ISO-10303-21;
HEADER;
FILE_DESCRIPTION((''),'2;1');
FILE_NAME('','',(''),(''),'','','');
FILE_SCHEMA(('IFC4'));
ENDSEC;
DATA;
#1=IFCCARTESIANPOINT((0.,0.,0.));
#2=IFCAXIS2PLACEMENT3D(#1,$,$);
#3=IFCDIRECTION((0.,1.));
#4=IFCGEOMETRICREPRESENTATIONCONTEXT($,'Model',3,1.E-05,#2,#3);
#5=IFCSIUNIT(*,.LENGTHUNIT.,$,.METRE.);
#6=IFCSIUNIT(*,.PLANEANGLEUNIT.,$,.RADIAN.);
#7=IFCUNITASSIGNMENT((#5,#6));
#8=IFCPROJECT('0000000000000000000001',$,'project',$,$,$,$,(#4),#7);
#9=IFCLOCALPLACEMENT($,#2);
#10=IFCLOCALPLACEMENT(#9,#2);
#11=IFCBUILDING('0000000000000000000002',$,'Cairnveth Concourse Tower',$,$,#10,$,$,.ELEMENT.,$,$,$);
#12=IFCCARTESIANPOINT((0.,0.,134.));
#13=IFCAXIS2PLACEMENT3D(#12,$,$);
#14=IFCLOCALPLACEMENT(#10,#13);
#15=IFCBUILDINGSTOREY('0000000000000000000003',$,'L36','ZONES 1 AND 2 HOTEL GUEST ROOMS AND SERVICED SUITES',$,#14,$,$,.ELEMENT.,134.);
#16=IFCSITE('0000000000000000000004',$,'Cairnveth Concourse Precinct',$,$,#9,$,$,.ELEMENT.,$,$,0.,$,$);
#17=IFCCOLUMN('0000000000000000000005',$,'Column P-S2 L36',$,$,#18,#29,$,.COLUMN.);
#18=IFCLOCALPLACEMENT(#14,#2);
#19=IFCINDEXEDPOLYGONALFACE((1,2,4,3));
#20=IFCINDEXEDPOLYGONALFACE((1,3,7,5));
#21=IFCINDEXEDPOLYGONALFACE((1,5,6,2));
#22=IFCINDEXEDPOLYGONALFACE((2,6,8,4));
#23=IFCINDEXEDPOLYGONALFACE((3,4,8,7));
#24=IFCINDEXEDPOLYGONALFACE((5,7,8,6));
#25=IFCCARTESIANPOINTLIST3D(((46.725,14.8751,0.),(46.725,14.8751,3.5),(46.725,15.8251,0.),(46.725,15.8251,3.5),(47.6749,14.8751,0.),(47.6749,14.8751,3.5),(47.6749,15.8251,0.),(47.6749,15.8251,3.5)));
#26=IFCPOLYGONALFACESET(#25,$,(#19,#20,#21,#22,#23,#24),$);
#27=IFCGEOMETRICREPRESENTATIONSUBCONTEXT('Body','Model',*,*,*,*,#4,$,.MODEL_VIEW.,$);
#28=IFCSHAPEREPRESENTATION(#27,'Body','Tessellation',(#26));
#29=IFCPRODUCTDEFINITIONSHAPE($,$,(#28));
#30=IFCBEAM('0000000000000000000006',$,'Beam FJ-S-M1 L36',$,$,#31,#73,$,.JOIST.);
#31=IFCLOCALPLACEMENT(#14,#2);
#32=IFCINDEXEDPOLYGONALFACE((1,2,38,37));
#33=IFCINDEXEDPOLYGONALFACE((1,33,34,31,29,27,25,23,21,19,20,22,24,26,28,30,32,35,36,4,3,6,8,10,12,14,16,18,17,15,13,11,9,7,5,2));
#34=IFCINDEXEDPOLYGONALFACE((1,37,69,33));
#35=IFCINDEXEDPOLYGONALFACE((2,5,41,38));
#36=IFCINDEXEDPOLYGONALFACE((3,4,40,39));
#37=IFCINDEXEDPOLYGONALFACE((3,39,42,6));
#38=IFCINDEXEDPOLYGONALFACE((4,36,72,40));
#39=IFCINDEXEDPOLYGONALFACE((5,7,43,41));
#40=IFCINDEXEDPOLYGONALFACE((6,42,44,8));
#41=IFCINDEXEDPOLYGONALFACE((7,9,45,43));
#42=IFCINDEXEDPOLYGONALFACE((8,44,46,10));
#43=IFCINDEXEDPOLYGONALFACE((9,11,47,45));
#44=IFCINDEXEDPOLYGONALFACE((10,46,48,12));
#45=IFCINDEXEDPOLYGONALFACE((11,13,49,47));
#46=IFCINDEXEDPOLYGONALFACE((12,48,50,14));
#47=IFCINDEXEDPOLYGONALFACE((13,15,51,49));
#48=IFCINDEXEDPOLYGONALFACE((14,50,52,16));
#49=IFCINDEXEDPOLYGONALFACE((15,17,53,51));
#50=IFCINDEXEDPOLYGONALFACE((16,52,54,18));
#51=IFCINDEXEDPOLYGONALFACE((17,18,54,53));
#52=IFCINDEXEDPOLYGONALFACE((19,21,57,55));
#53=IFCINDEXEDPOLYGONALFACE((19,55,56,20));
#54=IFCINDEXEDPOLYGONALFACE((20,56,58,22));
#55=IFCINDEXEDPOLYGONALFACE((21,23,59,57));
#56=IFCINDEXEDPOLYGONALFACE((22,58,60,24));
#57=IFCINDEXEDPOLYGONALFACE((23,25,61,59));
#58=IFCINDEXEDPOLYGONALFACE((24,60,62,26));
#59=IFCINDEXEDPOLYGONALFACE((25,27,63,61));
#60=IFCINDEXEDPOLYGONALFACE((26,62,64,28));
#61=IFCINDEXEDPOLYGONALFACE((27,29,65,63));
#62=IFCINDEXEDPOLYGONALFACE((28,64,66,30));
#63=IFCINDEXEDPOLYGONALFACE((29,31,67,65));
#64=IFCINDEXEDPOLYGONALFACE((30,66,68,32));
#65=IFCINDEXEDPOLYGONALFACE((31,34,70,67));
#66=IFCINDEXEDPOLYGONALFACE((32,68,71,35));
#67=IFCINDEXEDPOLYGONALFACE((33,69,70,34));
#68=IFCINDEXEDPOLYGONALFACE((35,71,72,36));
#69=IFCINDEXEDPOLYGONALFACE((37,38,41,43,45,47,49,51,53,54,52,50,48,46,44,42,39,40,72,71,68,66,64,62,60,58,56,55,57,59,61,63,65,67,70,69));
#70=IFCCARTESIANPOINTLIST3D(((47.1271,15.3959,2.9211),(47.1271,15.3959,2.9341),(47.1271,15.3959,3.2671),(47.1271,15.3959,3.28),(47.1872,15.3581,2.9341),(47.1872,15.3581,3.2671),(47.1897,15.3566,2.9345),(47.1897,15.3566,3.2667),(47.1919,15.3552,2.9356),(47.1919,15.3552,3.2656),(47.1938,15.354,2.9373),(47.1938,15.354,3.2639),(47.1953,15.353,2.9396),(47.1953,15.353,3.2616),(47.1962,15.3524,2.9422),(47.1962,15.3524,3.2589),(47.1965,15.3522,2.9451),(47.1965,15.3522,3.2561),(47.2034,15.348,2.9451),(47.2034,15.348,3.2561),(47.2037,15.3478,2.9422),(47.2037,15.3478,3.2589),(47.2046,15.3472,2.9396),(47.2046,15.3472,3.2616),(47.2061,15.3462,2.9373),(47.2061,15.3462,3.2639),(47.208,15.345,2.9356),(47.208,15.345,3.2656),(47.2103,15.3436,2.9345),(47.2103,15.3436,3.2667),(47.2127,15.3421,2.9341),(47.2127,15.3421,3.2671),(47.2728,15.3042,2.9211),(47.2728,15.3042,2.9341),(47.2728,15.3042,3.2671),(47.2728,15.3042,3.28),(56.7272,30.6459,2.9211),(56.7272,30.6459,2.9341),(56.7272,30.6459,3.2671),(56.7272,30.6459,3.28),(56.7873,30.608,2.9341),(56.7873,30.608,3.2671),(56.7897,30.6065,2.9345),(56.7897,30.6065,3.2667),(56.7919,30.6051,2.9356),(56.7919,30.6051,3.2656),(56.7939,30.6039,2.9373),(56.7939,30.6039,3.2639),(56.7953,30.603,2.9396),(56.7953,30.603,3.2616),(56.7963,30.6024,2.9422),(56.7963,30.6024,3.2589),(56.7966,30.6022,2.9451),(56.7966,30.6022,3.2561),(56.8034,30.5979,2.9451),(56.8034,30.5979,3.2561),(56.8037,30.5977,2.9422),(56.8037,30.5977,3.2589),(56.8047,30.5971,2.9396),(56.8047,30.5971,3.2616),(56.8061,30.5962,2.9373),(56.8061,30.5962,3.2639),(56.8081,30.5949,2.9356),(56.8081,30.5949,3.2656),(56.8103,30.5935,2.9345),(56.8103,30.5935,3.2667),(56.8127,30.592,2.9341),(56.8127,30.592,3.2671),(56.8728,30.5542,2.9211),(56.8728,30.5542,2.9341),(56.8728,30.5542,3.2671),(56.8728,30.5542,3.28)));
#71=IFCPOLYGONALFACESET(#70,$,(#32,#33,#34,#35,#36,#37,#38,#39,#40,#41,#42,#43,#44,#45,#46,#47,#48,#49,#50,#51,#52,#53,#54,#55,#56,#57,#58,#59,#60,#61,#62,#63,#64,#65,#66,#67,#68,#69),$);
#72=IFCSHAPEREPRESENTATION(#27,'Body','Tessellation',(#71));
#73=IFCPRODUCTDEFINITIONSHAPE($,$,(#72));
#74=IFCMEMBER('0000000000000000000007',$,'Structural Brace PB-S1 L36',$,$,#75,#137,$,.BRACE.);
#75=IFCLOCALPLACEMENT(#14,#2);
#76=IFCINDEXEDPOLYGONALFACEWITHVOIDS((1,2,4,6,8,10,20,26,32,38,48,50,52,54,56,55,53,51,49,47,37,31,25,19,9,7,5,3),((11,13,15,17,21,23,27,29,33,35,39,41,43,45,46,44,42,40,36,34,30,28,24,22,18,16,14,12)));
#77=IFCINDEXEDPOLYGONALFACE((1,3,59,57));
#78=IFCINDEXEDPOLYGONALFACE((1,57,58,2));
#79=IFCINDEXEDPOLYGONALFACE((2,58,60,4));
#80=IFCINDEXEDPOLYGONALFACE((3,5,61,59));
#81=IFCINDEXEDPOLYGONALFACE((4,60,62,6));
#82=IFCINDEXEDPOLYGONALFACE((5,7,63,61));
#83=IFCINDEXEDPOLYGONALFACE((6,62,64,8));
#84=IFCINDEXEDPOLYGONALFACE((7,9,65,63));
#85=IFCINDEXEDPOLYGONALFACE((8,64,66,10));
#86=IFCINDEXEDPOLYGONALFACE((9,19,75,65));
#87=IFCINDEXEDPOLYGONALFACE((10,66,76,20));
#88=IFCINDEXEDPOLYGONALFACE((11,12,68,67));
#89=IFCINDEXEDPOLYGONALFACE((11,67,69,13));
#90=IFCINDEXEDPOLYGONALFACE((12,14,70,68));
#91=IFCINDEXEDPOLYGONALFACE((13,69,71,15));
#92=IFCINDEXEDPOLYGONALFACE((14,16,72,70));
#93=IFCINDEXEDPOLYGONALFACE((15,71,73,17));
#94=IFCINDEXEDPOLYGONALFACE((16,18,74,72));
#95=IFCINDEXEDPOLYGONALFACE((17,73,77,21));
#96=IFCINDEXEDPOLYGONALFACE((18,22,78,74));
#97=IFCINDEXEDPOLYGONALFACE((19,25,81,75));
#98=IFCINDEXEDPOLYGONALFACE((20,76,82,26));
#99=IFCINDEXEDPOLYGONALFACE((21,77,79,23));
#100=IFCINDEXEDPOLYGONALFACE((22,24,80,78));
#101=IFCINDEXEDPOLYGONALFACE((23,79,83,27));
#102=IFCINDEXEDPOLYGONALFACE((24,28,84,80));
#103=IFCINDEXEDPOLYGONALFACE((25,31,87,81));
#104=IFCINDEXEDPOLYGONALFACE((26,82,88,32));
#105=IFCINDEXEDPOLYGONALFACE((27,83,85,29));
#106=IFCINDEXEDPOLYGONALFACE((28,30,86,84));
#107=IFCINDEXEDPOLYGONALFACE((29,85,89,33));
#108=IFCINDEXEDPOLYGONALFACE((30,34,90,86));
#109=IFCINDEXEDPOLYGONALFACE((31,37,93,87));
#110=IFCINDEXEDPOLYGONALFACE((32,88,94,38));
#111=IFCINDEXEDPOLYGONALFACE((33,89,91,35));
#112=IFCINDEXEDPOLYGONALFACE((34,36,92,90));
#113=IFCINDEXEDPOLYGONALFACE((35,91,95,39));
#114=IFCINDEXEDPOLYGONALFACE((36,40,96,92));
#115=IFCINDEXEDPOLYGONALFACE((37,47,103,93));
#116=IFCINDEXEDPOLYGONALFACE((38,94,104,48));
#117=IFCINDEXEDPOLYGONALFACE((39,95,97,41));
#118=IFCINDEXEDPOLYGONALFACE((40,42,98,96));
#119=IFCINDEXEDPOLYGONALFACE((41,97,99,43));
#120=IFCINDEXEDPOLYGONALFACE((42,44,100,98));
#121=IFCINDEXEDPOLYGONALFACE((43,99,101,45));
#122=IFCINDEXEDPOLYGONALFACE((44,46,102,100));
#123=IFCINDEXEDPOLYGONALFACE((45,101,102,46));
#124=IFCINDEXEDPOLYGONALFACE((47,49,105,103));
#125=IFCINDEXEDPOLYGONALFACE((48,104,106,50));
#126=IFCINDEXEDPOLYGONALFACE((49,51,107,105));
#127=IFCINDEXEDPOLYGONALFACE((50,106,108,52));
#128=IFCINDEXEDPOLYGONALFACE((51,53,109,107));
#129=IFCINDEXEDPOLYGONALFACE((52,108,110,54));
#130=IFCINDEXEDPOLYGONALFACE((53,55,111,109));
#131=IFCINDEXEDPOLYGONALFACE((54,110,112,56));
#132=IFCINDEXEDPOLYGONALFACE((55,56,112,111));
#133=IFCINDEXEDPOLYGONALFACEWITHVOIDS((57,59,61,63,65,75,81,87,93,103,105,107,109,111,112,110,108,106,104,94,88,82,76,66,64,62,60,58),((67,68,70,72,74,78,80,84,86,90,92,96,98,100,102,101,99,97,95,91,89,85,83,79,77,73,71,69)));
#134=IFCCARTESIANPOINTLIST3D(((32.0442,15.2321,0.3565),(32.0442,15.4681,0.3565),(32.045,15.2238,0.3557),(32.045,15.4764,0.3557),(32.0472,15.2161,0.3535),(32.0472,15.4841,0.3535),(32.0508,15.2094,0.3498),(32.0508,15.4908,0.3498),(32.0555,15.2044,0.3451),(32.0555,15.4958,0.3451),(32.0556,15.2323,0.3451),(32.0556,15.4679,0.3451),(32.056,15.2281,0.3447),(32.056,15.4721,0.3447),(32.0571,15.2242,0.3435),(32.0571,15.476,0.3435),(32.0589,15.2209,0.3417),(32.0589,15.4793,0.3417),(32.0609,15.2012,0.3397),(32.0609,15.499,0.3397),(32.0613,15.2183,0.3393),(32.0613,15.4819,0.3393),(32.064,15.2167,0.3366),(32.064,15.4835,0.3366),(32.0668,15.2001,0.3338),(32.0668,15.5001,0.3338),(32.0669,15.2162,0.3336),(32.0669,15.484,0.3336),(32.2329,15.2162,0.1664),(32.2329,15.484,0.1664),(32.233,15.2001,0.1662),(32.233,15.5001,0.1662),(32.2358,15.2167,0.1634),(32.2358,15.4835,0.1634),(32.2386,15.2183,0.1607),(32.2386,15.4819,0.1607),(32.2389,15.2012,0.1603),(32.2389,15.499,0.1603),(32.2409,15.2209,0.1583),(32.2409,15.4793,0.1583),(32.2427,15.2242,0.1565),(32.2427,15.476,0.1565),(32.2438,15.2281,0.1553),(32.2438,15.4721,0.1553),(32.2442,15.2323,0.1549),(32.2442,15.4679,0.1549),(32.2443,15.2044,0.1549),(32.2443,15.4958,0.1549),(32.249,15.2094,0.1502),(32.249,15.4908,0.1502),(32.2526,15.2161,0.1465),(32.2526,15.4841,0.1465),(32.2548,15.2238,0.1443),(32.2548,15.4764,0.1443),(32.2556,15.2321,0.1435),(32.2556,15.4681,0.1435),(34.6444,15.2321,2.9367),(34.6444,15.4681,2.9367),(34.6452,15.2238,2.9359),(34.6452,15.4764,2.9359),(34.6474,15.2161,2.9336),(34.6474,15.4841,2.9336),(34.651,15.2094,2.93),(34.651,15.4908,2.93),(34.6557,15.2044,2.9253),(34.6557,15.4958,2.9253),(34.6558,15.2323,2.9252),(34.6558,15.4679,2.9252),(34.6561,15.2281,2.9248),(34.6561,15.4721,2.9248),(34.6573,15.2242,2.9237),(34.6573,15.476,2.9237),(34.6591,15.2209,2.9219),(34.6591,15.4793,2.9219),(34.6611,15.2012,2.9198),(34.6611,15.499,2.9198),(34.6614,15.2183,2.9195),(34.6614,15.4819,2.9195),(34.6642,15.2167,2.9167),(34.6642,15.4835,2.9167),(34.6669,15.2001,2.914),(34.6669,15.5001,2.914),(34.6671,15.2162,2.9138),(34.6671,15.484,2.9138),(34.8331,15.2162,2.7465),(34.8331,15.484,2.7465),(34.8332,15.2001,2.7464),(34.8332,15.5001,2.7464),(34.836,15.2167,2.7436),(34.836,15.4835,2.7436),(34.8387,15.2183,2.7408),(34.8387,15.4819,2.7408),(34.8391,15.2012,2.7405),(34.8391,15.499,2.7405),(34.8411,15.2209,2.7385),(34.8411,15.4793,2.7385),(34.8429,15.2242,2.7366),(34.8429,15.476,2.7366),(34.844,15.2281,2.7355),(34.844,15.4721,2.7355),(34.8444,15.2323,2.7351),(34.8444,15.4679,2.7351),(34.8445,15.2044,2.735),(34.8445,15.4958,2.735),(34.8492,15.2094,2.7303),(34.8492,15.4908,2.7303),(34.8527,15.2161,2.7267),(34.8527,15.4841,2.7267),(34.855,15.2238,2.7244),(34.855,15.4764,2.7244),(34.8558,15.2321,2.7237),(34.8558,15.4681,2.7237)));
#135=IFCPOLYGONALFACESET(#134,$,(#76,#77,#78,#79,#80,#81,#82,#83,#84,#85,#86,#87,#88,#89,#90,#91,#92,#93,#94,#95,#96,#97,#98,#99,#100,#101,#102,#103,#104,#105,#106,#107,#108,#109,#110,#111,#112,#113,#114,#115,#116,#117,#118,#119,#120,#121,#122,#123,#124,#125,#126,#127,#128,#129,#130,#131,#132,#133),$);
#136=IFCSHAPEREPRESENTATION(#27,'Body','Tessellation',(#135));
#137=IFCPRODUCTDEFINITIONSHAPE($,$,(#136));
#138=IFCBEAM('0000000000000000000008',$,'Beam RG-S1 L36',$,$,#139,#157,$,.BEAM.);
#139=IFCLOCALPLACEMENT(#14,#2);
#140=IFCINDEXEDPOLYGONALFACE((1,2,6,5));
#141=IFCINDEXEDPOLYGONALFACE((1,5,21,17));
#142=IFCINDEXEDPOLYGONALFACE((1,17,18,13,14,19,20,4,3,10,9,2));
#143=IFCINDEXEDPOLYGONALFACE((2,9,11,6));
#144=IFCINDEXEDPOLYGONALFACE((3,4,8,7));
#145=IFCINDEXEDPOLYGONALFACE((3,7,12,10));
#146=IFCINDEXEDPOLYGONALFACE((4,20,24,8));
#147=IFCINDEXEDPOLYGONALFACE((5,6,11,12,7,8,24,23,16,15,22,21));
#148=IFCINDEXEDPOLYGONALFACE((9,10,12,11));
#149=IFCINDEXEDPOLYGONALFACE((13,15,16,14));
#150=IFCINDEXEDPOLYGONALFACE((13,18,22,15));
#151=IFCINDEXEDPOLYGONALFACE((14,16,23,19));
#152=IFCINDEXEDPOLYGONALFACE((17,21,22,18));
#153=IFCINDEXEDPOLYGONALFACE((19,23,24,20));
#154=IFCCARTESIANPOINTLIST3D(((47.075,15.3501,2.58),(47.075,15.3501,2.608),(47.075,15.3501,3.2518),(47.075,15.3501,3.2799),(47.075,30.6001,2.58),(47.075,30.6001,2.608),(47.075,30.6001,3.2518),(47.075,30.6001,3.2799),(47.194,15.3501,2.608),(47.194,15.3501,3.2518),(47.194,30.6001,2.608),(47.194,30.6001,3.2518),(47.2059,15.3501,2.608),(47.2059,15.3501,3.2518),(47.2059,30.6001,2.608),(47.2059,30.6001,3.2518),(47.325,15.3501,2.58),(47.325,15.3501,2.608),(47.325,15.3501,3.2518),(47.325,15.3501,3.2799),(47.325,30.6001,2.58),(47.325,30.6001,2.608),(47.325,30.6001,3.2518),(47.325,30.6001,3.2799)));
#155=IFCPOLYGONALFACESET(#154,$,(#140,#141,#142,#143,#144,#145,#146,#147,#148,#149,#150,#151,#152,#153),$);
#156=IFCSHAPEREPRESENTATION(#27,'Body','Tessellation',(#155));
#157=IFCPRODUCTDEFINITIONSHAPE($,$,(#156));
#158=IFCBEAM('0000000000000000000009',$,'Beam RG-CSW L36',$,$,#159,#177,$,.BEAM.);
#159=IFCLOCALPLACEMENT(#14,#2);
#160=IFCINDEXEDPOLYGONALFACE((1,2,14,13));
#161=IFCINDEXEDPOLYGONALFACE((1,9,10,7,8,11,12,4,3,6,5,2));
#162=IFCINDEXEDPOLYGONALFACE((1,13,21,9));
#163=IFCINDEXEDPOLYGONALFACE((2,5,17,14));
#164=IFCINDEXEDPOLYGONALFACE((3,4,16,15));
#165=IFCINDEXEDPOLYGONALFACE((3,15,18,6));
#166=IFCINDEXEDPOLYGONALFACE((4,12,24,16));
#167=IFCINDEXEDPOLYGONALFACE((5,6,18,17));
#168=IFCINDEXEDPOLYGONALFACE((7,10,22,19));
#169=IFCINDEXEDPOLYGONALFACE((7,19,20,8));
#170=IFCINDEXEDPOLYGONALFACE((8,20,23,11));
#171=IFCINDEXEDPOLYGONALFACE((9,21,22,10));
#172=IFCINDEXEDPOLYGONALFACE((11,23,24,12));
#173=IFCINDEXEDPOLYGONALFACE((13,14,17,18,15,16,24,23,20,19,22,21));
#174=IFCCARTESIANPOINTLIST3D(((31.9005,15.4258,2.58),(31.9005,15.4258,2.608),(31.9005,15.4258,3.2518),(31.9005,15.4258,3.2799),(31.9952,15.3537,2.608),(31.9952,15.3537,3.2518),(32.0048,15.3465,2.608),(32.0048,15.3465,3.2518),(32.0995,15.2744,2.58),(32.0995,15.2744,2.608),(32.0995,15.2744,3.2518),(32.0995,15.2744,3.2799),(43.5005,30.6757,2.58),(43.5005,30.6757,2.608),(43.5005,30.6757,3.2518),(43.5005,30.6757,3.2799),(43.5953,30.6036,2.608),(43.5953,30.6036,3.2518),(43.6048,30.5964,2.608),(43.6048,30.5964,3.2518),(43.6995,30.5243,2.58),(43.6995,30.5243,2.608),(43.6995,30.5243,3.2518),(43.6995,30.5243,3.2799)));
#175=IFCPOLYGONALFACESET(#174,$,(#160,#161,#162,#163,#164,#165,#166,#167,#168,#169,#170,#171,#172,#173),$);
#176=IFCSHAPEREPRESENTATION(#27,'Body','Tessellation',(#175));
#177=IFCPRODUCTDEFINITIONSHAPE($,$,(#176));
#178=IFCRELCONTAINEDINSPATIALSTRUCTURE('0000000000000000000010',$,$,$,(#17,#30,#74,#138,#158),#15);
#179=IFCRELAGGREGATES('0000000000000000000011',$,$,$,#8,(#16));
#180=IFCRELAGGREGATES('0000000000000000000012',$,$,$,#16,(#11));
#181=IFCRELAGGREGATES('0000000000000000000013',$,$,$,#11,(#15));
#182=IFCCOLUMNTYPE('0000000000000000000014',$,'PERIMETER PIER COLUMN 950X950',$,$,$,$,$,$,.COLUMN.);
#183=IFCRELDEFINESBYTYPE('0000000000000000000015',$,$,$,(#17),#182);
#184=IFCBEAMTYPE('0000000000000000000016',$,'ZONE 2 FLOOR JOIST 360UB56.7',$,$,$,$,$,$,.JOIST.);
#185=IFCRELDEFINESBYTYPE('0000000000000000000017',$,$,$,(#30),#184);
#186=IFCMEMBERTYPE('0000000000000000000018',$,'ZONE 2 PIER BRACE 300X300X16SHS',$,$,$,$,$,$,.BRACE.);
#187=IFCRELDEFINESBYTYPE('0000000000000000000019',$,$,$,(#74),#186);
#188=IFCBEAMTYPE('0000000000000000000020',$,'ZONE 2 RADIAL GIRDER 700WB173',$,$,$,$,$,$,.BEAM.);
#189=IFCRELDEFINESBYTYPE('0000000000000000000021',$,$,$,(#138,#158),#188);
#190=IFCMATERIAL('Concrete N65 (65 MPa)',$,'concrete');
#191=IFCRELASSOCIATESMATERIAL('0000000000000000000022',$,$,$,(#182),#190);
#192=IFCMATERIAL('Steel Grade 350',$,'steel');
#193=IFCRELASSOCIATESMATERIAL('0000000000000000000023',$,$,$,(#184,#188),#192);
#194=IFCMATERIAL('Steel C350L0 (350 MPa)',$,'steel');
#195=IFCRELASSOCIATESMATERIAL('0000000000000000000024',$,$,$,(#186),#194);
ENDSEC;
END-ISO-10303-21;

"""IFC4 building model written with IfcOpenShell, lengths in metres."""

from ifc_helpers import new_model, si_unit, direction, frame, origin, origin_2d, place, context, subcontext, project, spatial, rectangle, hollow_rectangle, i_section, extrude, material, material_profile, profile_set, type_object, element, save


model = new_model("IFC4")

# Units and contexts
model_context = context("Model", 3, precision=1e-05, world=origin(), true_north=direction((0.0, 1.0)))
body_context = subcontext(model_context, "Body", "Model", "MODEL_VIEW")
ifc_project = project(units=[si_unit("LENGTHUNIT", "METRE"), si_unit("PLANEANGLEUNIT", "RADIAN")], contexts=[model_context])

# Site, building, storey
site_placement = place(None, origin())
site = spatial("IfcSite", under=ifc_project, at=site_placement, Name="Cairnveth Concourse Precinct", CompositionType="ELEMENT", RefElevation=0.0)
building_placement = place(site_placement, origin())
building = spatial("IfcBuilding", under=site, at=building_placement, Name="Cairnveth Concourse Tower", CompositionType="ELEMENT")
storey_placement = place(building_placement, frame((0.0, 0.0, 134.0)))
storey = spatial("IfcBuildingStorey", under=building, at=storey_placement, Name="L36", Description="ZONES 1 AND 2 HOTEL GUEST ROOMS AND SERVICED SUITES", CompositionType="ELEMENT", Elevation=134.0)

# Column
ifc_material_1 = material(Name="Concrete N65 (65 MPa)", Category="concrete")
ifc_material_profile_1 = material_profile(ifc_material_1, rectangle(XDim=0.95, YDim=0.95, at=origin_2d()), Name="RC-COL-950x950")
ifc_profile_set_1 = profile_set([ifc_material_profile_1], Name="Concrete N65 (65 MPa)")
column_type = type_object("IfcColumnType", Name="PERIMETER PIER COLUMN 950X950", PredefinedType="COLUMN", material=ifc_profile_set_1)
column_placement = place(storey_placement, frame((47.2, 15.3501, 0.0), z_axis=(0.0, 0.0, 1.0), x_axis=(1.0, 0.0, 0.0)))
element("IfcColumn", 1, at=column_placement, inside=storey, type_object=column_type, Name="Column P-S2 L36", PredefinedType="COLUMN", context=body_context, shape_type="SweptSolid", body=[
    extrude(rectangle(XDim=0.95, YDim=0.95, at=origin_2d()), origin(), (0.0, 0.0, 1.0), 3.5),
])

# Beam
ifc_material_2 = material(Name="Steel Grade 350", Category="steel")
ifc_material_profile_2 = material_profile(ifc_material_2, i_section(OverallWidth=0.1721, OverallDepth=0.3589, WebThickness=0.0081, FlangeThickness=0.0129, FilletRadius=0.011, at=origin_2d()), Name="360UB56.7")
ifc_profile_set_2 = profile_set([ifc_material_profile_2], Name="Steel Grade 350")
beam_type_1 = type_object("IfcBeamType", Name="ZONE 2 FLOOR JOIST 360UB56.7", PredefinedType="JOIST", material=ifc_profile_set_2)
beam_1_placement = place(storey_placement, frame((47.2, 15.3501, 3.1006), z_axis=(0.532744, 0.846277, 0.0), x_axis=(-0.846277, 0.532744, 0.0)))
element("IfcBeam", 2, at=beam_1_placement, inside=storey, type_object=beam_type_1, Name="Beam FJ-S-M1 L36", PredefinedType="JOIST", context=body_context, shape_type="SweptSolid", body=[
    extrude(i_section(OverallWidth=0.1721, OverallDepth=0.3589, WebThickness=0.0081, FlangeThickness=0.0129, FilletRadius=0.011, at=origin_2d()), origin(), (0.0, 0.0, 1.0), 18.02),
])

# Member
ifc_material_3 = material(Name="Steel C350L0 (350 MPa)", Category="steel")
ifc_material_profile_3 = material_profile(ifc_material_3, hollow_rectangle(XDim=0.3, YDim=0.3, WallThickness=0.0161, InnerFilletRadius=0.0161, OuterFilletRadius=0.032, at=origin_2d()), Name="300x300x16.0SHS")
ifc_profile_set_3 = profile_set([ifc_material_profile_3], Name="Steel C350L0 (350 MPa)")
member_type = type_object("IfcMemberType", Name="ZONE 2 PIER BRACE 300X300X16SHS", PredefinedType="BRACE", material=ifc_profile_set_3)
member_placement = place(storey_placement, frame((32.1499, 15.3501, 0.25), z_axis=(0.709834, 0.0, 0.704369), x_axis=(0.0, 1.0, 0.0)))
element("IfcMember", 3, at=member_placement, inside=storey, type_object=member_type, Name="Structural Brace PB-S1 L36", PredefinedType="BRACE", context=body_context, shape_type="SweptSolid", body=[
    extrude(hollow_rectangle(XDim=0.3, YDim=0.3, WallThickness=0.0161, InnerFilletRadius=0.0161, OuterFilletRadius=0.032, at=origin_2d()), origin(), (0.0, 0.0, 1.0), 3.6631),
])

# Beams
ifc_material_profile_4 = material_profile(ifc_material_2, i_section(OverallWidth=0.25, OverallDepth=0.7, WebThickness=0.012, FlangeThickness=0.0281, at=origin_2d()), Name="700WB173")
ifc_profile_set_4 = profile_set([ifc_material_profile_4], Name="Steel Grade 350")
beam_type_2 = type_object("IfcBeamType", Name="ZONE 2 RADIAL GIRDER 700WB173", PredefinedType="BEAM", material=ifc_profile_set_4)
beam_2_placement = place(storey_placement, frame((47.2, 15.3501, 2.9299), z_axis=(0.0, 1.0, 0.0), x_axis=(-1.0, 0.0, 0.0)))
element("IfcBeam", 4, at=beam_2_placement, inside=storey, type_object=beam_type_2, Name="Beam RG-S1 L36", PredefinedType="BEAM", context=body_context, shape_type="SweptSolid", body=[
    extrude(i_section(OverallWidth=0.25, OverallDepth=0.7, WebThickness=0.012, FlangeThickness=0.0281, at=origin_2d()), origin(), (0.0, 0.0, 1.0), 15.25),
])
beam_3_placement = place(storey_placement, frame((32.0, 15.3501, 2.9299), z_axis=(0.605417, 0.795908, 0.0), x_axis=(-0.795908, 0.605417, 0.0)))
element("IfcBeam", 5, at=beam_3_placement, inside=storey, type_object=beam_type_2, Name="Beam RG-CSW L36", PredefinedType="BEAM", context=body_context, shape_type="SweptSolid", body=[
    extrude(i_section(OverallWidth=0.25, OverallDepth=0.7, WebThickness=0.012, FlangeThickness=0.0281, at=origin_2d()), origin(), (0.0, 0.0, 1.0), 19.1604),
])

save(model, "model.ifc")
